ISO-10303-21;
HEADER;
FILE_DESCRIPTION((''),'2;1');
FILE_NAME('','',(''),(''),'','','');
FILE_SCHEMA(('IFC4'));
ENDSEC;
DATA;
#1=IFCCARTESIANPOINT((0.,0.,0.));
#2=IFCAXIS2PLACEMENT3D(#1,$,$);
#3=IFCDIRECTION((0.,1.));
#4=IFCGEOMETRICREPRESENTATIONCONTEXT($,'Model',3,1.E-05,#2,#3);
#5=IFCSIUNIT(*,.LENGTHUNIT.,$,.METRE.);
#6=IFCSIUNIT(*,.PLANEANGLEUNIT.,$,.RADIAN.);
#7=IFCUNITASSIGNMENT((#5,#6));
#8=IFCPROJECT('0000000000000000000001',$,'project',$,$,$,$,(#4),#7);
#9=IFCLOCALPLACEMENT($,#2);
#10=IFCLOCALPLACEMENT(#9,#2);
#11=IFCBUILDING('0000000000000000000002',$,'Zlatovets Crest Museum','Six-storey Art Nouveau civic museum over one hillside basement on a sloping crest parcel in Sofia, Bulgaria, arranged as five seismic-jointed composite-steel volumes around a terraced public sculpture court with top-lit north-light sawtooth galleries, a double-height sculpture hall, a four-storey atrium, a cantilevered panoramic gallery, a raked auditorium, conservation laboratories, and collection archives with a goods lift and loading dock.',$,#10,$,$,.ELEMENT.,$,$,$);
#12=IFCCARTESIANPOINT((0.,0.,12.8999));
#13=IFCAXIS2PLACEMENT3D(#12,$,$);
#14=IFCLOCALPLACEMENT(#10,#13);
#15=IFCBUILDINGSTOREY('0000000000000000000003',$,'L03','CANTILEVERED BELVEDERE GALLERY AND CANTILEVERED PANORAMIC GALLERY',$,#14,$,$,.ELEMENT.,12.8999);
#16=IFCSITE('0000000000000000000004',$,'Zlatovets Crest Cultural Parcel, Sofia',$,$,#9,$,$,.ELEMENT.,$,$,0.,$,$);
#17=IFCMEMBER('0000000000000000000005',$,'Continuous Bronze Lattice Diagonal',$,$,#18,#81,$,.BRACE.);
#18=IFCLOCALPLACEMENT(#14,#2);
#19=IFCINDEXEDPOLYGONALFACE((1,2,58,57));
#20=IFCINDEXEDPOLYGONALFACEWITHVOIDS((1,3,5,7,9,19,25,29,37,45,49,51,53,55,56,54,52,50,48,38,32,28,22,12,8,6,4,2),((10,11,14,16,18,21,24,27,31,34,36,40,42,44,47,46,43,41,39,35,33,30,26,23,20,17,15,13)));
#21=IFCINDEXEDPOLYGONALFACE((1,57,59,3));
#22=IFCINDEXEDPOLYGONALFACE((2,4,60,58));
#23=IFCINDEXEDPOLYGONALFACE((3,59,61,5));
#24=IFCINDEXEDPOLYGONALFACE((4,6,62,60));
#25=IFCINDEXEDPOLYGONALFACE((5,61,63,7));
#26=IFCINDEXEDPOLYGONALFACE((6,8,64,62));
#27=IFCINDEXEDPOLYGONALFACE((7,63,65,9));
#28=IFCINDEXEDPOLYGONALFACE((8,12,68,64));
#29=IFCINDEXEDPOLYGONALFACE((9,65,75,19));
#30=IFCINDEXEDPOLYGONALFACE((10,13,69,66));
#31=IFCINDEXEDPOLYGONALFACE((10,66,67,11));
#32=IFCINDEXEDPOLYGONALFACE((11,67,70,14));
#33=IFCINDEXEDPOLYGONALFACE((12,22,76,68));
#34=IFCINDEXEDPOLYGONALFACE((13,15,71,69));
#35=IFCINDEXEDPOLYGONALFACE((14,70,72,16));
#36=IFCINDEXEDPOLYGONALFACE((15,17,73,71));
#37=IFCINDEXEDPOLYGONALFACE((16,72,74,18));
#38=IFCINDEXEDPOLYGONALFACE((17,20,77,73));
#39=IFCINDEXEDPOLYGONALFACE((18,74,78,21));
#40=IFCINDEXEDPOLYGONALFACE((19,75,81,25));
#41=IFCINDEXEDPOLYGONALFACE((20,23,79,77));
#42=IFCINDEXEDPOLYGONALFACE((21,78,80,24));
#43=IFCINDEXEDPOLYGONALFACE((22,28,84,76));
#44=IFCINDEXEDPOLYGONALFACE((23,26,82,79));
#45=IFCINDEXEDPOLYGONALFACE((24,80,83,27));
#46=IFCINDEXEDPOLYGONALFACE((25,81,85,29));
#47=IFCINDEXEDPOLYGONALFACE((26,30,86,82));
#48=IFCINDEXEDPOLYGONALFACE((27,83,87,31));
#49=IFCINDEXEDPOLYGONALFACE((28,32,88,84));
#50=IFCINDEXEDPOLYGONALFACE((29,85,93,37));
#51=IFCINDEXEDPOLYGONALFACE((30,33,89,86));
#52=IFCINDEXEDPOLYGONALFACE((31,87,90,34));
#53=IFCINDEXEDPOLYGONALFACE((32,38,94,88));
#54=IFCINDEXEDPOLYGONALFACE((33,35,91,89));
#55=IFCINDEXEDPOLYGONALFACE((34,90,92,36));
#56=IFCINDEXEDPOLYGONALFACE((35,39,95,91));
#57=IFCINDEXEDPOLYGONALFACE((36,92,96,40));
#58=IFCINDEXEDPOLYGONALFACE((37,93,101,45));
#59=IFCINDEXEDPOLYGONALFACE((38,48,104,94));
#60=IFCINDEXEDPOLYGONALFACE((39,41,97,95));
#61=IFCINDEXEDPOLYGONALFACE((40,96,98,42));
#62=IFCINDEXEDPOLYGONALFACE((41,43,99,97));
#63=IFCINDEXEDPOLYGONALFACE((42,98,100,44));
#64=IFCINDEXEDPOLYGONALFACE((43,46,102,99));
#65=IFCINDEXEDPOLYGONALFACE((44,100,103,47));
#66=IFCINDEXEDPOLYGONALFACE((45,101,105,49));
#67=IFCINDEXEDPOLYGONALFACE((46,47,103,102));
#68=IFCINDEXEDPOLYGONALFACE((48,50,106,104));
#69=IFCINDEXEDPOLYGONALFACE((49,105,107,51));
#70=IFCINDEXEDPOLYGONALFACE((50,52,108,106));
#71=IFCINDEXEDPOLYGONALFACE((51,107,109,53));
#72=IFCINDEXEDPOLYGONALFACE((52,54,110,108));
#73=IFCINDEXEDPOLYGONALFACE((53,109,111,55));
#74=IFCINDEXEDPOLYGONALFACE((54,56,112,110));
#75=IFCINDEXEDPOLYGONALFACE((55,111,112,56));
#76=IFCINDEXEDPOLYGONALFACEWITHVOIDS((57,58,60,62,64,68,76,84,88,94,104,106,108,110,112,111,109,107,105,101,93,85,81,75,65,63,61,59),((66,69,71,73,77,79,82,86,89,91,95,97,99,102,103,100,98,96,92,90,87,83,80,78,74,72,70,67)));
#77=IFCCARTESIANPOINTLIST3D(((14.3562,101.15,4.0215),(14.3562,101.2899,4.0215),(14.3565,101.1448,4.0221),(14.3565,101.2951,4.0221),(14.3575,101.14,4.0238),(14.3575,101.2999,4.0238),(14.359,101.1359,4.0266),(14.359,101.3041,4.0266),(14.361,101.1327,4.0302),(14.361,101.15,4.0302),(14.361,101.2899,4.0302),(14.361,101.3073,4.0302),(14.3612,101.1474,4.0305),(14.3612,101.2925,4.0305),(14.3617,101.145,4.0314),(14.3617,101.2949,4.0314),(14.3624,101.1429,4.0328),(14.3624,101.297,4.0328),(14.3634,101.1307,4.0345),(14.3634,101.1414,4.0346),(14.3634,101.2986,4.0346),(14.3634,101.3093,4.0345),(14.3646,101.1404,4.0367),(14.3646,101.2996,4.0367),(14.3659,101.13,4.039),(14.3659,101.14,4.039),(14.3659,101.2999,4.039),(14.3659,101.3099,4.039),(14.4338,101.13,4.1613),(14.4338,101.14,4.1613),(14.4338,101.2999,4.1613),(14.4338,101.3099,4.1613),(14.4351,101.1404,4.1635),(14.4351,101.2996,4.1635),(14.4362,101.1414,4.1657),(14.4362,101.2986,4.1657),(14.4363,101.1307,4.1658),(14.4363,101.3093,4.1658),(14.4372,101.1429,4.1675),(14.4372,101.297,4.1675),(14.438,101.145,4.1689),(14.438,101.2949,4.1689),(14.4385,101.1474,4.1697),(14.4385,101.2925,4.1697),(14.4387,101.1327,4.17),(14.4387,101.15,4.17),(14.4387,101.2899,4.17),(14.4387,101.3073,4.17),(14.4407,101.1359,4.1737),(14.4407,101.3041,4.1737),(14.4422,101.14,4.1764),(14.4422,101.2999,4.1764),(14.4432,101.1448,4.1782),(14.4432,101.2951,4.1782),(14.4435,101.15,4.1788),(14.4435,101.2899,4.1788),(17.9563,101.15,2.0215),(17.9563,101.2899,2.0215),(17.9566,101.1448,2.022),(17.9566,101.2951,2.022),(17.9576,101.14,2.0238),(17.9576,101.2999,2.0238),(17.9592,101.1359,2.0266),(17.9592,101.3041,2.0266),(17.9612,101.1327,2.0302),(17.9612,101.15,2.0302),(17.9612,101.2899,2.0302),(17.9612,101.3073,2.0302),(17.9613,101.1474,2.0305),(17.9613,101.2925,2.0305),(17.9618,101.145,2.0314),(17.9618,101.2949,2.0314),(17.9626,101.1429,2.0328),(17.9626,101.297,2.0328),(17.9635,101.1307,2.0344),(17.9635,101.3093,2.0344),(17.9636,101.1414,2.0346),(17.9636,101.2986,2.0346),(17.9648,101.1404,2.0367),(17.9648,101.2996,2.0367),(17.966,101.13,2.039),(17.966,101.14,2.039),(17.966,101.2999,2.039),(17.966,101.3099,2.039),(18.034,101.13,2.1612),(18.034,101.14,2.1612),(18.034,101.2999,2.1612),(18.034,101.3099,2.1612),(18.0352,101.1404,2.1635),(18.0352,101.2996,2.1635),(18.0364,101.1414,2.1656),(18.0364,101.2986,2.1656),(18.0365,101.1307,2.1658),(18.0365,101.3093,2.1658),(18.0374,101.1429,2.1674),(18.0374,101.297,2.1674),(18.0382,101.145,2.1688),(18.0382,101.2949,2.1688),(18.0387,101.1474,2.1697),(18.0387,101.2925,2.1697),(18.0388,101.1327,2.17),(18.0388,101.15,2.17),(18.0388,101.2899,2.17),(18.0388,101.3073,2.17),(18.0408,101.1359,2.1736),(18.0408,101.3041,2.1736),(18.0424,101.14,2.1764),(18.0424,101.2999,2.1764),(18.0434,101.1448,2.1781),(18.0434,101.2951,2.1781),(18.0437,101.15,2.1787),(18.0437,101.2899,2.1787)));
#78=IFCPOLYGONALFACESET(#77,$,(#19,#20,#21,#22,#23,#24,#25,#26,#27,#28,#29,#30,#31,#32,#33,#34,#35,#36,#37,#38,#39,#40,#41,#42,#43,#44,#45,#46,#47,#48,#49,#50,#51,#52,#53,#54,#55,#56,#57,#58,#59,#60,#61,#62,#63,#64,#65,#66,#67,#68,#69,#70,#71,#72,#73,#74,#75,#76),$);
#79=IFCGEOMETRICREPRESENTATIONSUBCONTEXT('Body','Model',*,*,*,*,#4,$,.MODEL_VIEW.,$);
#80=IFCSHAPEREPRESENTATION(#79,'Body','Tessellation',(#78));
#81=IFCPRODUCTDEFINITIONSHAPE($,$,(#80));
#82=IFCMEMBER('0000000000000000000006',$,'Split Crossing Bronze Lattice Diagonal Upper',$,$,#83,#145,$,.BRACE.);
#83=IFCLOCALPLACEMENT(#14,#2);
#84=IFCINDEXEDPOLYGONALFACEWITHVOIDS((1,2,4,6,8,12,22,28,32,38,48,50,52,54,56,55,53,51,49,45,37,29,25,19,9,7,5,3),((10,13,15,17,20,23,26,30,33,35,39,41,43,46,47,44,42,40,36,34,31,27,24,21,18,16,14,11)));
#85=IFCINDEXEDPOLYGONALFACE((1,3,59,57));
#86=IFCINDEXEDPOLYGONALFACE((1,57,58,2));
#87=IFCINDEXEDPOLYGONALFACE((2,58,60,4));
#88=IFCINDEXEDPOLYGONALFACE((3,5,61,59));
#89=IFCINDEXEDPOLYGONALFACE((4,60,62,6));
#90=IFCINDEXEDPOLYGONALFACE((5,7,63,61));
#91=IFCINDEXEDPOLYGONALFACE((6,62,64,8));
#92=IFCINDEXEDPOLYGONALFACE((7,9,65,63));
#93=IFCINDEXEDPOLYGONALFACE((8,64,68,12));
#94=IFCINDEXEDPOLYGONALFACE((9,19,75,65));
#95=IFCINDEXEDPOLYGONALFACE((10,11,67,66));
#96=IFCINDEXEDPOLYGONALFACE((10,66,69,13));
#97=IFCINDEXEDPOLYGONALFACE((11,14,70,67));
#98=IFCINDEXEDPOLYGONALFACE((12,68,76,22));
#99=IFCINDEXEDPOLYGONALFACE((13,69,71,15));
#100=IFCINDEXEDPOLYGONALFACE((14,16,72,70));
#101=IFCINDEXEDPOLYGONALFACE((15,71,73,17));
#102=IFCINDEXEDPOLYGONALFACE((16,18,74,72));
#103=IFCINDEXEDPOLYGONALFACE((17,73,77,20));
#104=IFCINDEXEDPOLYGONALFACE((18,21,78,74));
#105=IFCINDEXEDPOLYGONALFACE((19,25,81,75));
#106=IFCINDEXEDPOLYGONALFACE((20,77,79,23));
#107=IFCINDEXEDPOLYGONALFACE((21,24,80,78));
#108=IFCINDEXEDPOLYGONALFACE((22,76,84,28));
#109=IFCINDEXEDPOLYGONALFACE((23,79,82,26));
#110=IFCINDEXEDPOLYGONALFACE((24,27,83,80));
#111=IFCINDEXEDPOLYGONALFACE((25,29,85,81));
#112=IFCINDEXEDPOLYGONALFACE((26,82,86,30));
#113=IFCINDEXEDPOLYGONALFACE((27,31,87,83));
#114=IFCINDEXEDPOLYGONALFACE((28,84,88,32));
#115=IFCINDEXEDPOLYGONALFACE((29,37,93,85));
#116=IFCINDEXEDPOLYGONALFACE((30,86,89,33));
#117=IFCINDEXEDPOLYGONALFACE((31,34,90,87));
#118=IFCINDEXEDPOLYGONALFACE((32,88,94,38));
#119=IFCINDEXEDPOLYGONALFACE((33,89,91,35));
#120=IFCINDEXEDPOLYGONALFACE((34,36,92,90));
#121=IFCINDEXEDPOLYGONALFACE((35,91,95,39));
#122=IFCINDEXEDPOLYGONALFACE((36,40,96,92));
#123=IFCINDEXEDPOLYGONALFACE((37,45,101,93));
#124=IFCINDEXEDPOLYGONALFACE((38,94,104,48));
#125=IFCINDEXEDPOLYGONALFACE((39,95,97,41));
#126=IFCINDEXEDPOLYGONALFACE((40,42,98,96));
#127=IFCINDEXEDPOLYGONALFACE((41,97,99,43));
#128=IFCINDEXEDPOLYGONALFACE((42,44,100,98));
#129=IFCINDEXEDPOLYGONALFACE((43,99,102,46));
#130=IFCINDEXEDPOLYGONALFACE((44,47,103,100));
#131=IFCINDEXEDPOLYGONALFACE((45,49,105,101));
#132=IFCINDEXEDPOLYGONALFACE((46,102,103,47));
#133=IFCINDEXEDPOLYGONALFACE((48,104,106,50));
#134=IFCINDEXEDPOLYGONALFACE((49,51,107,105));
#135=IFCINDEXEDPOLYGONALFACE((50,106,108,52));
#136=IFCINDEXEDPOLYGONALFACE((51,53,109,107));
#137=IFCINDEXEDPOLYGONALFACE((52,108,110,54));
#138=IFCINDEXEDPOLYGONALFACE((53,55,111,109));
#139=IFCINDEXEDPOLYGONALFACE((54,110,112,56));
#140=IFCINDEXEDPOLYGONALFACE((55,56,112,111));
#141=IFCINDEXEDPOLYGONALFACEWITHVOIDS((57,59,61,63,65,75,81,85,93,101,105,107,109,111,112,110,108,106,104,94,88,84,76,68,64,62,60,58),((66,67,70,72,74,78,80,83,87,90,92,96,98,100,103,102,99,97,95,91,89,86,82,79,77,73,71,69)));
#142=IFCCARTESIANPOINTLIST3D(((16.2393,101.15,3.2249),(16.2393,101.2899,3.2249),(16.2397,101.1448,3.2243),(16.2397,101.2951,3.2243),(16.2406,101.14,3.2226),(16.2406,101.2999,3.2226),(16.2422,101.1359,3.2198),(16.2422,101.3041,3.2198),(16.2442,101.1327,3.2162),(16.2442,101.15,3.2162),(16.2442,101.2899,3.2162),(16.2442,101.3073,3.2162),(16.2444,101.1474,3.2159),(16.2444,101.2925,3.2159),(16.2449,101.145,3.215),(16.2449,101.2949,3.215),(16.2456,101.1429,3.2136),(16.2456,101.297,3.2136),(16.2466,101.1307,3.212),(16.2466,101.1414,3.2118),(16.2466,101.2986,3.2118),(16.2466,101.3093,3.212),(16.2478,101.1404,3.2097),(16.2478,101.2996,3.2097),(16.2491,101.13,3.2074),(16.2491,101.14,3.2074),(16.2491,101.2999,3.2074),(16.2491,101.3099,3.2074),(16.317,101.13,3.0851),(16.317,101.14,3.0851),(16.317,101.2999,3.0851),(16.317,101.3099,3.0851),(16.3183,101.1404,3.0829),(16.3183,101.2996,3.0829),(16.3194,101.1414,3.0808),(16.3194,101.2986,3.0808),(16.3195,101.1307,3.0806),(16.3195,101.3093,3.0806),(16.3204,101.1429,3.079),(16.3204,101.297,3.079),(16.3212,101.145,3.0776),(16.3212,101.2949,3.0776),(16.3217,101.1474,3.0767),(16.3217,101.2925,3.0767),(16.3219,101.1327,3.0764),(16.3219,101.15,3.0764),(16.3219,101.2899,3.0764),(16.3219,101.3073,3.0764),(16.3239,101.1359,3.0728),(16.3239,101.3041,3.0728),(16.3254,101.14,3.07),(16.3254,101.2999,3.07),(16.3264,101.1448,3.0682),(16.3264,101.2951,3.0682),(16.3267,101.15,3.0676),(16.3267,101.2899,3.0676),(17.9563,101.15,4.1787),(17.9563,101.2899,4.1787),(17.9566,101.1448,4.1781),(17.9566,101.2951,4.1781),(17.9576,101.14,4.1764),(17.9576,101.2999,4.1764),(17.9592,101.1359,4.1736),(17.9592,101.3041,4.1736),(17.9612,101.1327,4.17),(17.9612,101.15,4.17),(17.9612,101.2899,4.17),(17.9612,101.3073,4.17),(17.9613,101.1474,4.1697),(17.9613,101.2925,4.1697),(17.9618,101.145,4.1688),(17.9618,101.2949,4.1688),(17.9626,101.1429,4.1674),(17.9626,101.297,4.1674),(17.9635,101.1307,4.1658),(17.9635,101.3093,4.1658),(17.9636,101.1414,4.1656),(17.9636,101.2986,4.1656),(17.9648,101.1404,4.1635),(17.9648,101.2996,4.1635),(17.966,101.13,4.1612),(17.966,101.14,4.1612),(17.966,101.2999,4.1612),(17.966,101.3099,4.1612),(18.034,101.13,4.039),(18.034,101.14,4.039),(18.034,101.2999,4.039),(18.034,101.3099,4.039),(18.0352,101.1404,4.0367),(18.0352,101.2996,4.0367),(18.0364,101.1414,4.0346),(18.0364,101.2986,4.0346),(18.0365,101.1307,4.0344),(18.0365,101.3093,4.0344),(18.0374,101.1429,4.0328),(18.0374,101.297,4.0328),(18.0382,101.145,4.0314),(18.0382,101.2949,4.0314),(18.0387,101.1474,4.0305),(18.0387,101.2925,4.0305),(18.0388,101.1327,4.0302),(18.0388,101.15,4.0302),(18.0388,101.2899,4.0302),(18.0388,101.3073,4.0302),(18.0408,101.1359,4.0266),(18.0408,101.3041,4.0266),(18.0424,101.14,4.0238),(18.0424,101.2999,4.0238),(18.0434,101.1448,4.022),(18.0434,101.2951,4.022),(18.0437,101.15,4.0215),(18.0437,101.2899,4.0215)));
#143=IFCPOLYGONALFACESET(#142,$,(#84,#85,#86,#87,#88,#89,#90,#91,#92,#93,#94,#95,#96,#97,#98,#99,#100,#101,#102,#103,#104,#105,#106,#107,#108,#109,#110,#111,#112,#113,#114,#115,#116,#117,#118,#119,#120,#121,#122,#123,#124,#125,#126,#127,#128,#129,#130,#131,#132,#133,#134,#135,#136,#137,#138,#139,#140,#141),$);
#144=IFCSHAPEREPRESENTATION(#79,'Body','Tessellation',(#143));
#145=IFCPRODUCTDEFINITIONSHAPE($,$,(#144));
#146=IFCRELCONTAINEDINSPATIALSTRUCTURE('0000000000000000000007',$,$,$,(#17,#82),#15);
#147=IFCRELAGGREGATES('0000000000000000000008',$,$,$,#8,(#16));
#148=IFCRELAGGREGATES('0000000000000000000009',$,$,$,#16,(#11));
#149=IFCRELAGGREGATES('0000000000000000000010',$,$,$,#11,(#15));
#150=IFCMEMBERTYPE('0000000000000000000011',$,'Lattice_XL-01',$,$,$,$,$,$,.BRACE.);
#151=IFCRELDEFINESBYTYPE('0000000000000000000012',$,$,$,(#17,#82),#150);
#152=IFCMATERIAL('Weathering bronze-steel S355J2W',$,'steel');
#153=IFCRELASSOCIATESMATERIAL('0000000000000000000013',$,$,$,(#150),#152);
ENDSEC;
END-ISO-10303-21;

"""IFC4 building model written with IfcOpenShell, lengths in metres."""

from ifc_helpers import new_model, si_unit, direction, frame, origin, origin_2d, place, context, subcontext, project, spatial, hollow_rectangle, extrude, material, material_profile, profile_set, type_object, element, save


model = new_model("IFC4")

# Units and contexts
model_context = context("Model", 3, precision=1e-05, world=origin(), true_north=direction((0.0, 1.0)))
body_context = subcontext(model_context, "Body", "Model", "MODEL_VIEW")
ifc_project = project(units=[si_unit("LENGTHUNIT", "METRE"), si_unit("PLANEANGLEUNIT", "RADIAN")], contexts=[model_context])

# Site, building, storey
site_placement = place(None, origin())
site = spatial("IfcSite", under=ifc_project, at=site_placement, Name="Zlatovets Crest Cultural Parcel, Sofia", CompositionType="ELEMENT", RefElevation=0.0)
building_placement = place(site_placement, origin())
building = spatial("IfcBuilding", under=site, at=building_placement, Name="Zlatovets Crest Museum", Description="Six-storey Art Nouveau civic museum over one hillside basement on a sloping crest parcel in Sofia, Bulgaria, arranged as five seismic-jointed composite-steel volumes around a terraced public sculpture court with top-lit north-light sawtooth galleries, a double-height sculpture hall, a four-storey atrium, a cantilevered panoramic gallery, a raked auditorium, conservation laboratories, and collection archives with a goods lift and loading dock.", CompositionType="ELEMENT")
storey_placement = place(building_placement, frame((0.0, 0.0, 12.8999)))
storey = spatial("IfcBuildingStorey", under=building, at=storey_placement, Name="L03", Description="CANTILEVERED BELVEDERE GALLERY AND CANTILEVERED PANORAMIC GALLERY", CompositionType="ELEMENT", Elevation=12.8999)

# Members
ifc_material_1 = material(Name="Weathering bronze-steel S355J2W", Category="steel")
ifc_material_profile_1 = material_profile(ifc_material_1, hollow_rectangle(XDim=0.1799, YDim=0.1799, WallThickness=0.01, InnerFilletRadius=0.01, OuterFilletRadius=0.02, at=origin_2d()), Name="SHS 180x180x10.0")
ifc_profile_set_1 = profile_set([ifc_material_profile_1], Name="Weathering bronze-steel S355J2W")
member_type_1 = type_object("IfcMemberType", Name="Lattice_XL-01", PredefinedType="BRACE", material=ifc_profile_set_1)
member_1_placement = place(storey_placement, frame((18.0, 101.22, 2.1001), z_axis=(-0.874163, 0.0, 0.485633), x_axis=(0.0, -1.0, 0.0)))
element("IfcMember", 1, at=member_1_placement, inside=storey, type_object=member_type_1, Name="Continuous Bronze Lattice Diagonal", PredefinedType="BRACE", context=body_context, shape_type="SweptSolid", body=[
    extrude(hollow_rectangle(XDim=0.1799, YDim=0.1799, WallThickness=0.01, InnerFilletRadius=0.01, OuterFilletRadius=0.02, at=origin_2d()), origin(), (0.0, 0.0, 1.0), 4.1184),
])
for number, where, z_axis, x_axis, name in (
    (2, (18.0, 101.22, 4.1001), (-0.874169, 0.0, -0.485622), (0.0, -1.0, 0.0), "Split Crossing Bronze Lattice Diagonal Upper"),
):
    element("IfcMember", number, at=place(storey_placement, frame(where, z_axis=z_axis, x_axis=x_axis)), inside=storey, type_object=member_type_1, Name=name, PredefinedType="BRACE", context=body_context, shape_type="SweptSolid", body=[
        extrude(hollow_rectangle(XDim=0.1799, YDim=0.1799, WallThickness=0.01, InnerFilletRadius=0.01, OuterFilletRadius=0.02, at=origin_2d()), origin(), (0.0, 0.0, 1.0), 1.9641),
    ])

save(model, "model.ifc")
